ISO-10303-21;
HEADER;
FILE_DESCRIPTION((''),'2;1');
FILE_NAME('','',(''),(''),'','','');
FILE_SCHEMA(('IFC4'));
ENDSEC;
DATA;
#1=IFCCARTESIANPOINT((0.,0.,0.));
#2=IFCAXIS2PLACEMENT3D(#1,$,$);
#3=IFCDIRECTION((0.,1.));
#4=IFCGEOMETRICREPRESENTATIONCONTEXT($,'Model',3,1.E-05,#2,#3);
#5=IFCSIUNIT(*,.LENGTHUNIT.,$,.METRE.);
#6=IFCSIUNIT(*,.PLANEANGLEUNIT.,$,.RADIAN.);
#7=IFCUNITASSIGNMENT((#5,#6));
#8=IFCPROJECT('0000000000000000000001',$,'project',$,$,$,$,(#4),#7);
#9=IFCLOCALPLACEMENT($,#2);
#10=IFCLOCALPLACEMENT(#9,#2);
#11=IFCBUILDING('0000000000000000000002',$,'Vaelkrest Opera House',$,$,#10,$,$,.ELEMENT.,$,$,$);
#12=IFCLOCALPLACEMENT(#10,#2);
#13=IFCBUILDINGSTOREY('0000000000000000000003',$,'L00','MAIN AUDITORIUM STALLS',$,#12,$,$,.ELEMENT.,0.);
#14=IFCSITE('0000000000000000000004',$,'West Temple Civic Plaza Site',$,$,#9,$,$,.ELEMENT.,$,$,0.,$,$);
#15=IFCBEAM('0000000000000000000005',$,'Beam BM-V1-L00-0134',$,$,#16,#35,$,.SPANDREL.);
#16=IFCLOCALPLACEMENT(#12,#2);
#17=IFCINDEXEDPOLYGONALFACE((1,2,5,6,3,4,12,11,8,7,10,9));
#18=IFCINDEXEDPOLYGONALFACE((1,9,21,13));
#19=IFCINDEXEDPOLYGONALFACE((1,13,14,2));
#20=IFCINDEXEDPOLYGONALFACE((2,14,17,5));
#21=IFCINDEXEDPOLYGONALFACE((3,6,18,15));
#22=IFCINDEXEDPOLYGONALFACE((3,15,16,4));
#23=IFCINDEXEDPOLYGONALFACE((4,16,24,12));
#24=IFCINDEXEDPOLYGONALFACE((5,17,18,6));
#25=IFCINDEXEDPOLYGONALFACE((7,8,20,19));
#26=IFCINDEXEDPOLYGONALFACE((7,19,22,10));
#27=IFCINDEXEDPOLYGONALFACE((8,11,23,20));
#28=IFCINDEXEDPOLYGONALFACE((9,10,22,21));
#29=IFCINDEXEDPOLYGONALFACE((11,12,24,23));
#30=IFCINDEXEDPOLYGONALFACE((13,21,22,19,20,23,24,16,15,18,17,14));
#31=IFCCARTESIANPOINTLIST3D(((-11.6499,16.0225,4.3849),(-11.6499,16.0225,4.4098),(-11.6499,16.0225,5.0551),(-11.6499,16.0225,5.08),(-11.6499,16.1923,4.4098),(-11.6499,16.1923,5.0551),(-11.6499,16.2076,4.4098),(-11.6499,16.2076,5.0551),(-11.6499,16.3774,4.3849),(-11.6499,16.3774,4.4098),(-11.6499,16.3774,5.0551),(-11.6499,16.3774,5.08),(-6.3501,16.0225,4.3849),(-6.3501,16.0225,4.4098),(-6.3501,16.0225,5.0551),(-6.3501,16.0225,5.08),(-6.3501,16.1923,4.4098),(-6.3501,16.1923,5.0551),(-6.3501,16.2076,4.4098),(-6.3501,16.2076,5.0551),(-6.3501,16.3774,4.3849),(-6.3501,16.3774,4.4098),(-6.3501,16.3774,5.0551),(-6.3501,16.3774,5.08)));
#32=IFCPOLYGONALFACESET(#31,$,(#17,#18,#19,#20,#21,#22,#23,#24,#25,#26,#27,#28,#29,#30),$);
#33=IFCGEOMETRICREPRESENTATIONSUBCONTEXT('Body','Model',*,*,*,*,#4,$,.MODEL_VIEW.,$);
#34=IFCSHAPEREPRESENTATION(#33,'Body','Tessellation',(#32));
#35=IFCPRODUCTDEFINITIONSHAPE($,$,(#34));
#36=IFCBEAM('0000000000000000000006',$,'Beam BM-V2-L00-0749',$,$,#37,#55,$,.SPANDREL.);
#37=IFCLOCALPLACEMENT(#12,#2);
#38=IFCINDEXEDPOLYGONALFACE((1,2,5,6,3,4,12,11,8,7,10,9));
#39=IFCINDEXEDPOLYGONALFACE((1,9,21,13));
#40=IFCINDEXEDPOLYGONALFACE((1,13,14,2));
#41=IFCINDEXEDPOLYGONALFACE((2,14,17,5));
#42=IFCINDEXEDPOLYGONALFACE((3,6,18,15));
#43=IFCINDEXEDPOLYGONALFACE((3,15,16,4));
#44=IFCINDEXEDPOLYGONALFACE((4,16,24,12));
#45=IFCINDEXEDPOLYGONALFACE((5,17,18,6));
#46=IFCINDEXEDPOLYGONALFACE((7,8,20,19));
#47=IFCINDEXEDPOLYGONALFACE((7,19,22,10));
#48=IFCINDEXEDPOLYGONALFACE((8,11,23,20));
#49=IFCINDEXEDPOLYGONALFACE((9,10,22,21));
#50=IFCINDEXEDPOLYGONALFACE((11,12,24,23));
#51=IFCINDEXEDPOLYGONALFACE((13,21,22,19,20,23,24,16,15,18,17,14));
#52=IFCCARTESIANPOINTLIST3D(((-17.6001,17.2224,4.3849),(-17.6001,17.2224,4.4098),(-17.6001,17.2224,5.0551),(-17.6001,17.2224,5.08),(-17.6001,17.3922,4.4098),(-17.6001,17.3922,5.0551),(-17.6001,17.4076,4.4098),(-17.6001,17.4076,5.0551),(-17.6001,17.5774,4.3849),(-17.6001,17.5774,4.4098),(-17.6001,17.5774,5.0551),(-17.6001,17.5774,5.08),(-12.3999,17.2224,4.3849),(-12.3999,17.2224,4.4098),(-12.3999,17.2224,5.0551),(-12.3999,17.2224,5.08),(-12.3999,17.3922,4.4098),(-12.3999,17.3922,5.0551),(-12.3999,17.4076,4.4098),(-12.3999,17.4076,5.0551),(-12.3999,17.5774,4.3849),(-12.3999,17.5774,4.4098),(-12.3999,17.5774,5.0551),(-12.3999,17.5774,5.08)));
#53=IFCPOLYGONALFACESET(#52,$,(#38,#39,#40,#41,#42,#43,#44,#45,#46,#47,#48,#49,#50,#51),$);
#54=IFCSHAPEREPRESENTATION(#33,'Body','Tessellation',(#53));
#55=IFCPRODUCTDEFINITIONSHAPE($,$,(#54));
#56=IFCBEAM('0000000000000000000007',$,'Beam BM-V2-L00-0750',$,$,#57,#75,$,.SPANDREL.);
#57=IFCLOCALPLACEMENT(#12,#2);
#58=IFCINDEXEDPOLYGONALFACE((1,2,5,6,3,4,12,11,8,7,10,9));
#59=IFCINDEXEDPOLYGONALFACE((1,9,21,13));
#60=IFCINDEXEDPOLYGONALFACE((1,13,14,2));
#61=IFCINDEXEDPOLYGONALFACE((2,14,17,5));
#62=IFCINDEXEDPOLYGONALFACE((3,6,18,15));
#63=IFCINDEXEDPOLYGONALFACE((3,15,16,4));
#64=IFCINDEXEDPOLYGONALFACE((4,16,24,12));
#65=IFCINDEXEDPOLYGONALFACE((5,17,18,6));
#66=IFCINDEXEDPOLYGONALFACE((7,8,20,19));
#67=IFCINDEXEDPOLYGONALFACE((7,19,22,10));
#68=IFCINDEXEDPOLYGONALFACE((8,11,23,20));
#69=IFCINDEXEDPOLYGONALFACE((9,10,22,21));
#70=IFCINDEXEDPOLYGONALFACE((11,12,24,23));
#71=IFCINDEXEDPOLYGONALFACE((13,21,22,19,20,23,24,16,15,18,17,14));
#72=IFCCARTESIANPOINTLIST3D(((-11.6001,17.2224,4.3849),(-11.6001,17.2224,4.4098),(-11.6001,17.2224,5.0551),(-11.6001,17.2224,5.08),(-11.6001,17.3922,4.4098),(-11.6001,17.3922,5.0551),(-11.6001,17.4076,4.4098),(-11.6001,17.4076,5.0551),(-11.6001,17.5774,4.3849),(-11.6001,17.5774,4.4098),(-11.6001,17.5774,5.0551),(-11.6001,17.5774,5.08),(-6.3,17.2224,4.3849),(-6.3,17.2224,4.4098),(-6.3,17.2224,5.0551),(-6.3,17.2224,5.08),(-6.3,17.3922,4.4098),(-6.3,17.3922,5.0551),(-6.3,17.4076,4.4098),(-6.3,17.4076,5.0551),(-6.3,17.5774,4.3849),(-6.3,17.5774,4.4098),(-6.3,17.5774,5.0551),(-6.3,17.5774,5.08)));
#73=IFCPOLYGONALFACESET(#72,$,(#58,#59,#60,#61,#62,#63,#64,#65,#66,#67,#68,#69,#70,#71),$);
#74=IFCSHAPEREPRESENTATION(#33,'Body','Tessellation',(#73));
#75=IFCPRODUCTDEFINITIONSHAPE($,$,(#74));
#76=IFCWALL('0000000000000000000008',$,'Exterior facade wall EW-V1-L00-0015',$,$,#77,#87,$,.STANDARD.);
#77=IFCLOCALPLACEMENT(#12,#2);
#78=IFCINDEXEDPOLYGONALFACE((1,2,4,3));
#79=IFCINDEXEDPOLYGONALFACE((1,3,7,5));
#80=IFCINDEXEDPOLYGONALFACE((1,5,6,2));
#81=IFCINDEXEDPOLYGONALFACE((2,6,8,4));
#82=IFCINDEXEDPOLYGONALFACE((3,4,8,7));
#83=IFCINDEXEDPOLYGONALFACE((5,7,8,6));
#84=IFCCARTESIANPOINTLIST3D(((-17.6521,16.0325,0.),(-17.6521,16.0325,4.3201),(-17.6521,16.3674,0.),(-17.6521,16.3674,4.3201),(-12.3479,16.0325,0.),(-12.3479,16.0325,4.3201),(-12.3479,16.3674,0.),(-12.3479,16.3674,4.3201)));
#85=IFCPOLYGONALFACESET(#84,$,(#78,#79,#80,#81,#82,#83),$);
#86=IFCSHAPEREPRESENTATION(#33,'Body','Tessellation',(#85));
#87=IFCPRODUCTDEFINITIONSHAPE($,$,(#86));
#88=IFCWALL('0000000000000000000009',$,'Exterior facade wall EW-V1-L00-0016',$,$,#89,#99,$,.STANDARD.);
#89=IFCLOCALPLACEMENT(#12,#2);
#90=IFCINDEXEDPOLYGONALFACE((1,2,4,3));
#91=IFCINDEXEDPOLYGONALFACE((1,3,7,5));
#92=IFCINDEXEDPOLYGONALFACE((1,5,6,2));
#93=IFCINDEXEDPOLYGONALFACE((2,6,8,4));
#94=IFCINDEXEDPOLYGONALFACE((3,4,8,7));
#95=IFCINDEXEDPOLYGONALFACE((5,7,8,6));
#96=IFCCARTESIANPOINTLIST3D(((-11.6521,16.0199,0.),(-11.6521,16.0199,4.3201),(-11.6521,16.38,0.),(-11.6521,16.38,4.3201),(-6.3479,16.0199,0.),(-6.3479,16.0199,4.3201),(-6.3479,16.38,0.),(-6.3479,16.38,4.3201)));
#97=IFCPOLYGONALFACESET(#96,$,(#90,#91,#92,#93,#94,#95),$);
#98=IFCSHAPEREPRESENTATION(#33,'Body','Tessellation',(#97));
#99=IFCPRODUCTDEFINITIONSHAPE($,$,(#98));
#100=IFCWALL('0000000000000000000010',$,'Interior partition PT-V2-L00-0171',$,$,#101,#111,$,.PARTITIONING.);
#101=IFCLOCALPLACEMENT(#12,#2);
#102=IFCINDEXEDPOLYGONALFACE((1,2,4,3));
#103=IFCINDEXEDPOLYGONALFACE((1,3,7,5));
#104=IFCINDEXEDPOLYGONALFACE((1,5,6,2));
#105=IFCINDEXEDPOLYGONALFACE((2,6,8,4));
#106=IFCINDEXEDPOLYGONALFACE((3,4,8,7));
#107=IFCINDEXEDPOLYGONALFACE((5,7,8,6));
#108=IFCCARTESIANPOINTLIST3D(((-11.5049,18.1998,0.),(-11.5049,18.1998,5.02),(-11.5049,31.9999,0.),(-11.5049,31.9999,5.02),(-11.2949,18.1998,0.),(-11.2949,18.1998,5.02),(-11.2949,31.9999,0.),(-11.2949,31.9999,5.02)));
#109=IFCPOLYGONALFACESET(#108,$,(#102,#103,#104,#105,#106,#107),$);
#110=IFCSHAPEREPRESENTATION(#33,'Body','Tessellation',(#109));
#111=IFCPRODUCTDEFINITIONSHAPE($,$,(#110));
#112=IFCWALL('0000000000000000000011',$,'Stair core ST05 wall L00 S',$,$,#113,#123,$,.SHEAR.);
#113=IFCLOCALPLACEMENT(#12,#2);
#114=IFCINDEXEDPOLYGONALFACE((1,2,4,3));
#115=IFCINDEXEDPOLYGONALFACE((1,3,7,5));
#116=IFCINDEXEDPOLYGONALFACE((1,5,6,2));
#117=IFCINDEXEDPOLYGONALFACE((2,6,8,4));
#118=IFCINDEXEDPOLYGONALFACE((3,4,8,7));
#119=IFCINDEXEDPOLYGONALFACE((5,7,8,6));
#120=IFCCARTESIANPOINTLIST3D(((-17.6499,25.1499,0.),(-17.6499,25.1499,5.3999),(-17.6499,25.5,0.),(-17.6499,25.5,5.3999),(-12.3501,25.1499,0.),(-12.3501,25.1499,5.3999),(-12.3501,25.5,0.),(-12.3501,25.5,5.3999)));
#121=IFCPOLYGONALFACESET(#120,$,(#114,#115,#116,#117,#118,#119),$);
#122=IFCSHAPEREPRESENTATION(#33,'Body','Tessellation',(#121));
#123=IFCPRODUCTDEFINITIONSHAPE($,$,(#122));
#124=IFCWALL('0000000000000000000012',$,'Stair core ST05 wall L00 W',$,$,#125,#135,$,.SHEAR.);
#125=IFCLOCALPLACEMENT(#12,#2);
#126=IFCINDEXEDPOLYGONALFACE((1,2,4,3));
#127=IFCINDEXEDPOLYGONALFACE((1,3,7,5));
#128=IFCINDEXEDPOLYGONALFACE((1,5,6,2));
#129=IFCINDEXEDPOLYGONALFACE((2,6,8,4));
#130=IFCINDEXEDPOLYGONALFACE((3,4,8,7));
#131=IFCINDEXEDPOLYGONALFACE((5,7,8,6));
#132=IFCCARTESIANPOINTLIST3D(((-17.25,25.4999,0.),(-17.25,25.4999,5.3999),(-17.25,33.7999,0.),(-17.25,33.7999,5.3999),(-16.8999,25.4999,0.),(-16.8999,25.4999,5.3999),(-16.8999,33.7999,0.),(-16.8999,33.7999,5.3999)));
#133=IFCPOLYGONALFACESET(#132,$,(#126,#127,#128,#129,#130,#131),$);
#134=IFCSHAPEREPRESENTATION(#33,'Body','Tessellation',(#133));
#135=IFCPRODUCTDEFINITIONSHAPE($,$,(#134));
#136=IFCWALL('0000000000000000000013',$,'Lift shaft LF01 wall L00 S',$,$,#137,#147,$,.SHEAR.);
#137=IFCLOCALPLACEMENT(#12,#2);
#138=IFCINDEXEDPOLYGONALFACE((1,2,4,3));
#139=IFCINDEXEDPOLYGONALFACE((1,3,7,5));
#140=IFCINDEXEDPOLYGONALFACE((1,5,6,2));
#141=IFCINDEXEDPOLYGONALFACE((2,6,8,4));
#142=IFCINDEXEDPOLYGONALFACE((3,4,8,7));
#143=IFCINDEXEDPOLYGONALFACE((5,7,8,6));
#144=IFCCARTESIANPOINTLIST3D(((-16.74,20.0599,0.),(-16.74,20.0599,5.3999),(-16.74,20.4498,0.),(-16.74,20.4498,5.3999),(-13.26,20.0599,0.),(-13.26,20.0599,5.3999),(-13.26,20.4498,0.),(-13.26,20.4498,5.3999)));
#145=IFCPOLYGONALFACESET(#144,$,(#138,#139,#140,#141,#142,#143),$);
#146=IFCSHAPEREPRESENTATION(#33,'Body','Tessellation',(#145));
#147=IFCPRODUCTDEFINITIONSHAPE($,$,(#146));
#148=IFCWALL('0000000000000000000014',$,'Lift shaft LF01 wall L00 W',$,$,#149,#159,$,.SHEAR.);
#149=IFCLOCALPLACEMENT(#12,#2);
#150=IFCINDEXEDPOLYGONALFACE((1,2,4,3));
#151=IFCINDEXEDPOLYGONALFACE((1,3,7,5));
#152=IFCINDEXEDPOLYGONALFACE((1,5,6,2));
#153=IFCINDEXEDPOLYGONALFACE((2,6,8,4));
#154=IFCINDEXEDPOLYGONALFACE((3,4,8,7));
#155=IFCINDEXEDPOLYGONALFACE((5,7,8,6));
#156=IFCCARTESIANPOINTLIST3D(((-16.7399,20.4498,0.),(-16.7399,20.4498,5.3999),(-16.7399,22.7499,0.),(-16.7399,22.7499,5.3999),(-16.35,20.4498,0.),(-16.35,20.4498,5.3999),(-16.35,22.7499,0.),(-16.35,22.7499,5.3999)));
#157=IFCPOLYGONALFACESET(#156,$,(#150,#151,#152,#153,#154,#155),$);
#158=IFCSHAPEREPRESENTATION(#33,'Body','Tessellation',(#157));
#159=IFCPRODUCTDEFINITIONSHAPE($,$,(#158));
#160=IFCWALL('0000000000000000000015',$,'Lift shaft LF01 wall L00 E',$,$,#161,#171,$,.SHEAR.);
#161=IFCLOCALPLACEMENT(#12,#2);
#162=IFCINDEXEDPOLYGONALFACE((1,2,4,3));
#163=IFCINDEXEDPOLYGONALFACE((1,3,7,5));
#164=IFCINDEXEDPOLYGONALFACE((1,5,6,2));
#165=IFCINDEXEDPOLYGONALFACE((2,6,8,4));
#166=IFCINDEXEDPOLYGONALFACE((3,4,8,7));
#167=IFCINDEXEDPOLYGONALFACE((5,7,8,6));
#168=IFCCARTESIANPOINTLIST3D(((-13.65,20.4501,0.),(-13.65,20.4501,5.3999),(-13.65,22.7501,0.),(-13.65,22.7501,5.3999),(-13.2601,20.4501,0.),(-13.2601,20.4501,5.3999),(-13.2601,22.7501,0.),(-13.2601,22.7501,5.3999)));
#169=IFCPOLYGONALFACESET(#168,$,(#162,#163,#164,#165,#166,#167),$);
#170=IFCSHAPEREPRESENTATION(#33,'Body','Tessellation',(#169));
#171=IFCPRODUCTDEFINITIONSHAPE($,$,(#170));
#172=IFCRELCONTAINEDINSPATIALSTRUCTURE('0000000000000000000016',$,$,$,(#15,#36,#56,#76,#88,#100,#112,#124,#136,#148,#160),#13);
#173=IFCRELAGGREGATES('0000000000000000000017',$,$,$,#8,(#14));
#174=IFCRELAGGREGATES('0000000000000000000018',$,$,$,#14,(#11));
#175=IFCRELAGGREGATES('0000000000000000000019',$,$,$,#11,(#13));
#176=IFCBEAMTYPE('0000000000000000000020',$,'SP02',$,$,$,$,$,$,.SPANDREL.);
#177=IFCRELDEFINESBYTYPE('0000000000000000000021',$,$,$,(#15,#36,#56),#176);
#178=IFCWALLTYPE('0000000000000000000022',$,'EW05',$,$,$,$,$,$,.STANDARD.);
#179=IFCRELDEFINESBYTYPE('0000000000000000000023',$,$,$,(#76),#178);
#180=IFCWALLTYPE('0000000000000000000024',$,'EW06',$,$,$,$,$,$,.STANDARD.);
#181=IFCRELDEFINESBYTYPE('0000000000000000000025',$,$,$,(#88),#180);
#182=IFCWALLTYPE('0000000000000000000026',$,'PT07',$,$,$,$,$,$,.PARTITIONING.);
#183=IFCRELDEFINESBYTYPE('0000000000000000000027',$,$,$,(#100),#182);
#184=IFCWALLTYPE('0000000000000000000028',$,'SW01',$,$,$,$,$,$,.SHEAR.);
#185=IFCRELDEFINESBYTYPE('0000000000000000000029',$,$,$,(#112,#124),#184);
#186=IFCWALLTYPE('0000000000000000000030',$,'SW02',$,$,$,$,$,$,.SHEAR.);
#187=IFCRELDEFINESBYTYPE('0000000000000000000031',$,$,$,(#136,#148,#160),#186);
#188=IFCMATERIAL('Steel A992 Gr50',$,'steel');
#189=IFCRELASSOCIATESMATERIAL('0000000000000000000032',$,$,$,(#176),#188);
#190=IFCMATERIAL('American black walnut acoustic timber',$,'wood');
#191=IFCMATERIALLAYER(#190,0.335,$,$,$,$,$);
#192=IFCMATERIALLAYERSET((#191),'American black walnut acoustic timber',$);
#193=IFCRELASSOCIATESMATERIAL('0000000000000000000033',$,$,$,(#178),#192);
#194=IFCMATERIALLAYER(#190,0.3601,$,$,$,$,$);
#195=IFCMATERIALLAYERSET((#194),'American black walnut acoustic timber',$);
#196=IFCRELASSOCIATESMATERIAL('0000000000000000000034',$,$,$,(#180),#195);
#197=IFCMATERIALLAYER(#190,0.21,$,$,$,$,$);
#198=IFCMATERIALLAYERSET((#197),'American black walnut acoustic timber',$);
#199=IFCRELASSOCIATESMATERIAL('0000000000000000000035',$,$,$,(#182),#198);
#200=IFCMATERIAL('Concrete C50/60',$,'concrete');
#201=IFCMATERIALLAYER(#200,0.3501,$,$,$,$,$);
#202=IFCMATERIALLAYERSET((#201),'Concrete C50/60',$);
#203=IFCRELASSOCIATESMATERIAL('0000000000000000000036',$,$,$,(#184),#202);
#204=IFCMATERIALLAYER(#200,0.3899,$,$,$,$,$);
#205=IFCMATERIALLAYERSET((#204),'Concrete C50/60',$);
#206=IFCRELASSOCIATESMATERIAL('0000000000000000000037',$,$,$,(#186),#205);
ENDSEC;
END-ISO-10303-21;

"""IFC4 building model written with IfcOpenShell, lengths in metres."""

from ifc_helpers import new_model, si_unit, direction, frame, frame_2d, origin, origin_2d, place, context, subcontext, project, spatial, rectangle, i_section, extrude, material, layer, layer_set, material_profile, profile_set, type_object, element, save


model = new_model("IFC4")

# Units and contexts
model_context = context("Model", 3, precision=1e-05, world=origin(), true_north=direction((0.0, 1.0)))
body_context = subcontext(model_context, "Body", "Model", "MODEL_VIEW")
ifc_project = project(units=[si_unit("LENGTHUNIT", "METRE"), si_unit("PLANEANGLEUNIT", "RADIAN")], contexts=[model_context])

# Site, building, storey
site_placement = place(None, origin())
site = spatial("IfcSite", under=ifc_project, at=site_placement, Name="West Temple Civic Plaza Site", CompositionType="ELEMENT", RefElevation=0.0)
building_placement = place(site_placement, origin())
building = spatial("IfcBuilding", under=site, at=building_placement, Name="Vaelkrest Opera House", CompositionType="ELEMENT")
storey_placement = place(building_placement, origin())
storey = spatial("IfcBuildingStorey", under=building, at=storey_placement, Name="L00", Description="MAIN AUDITORIUM STALLS", CompositionType="ELEMENT", Elevation=0.0)

# Shared definitions
ifc_material_1 = material(Name="Concrete C50/60", Category="concrete")

# Beams
ifc_material_2 = material(Name="Steel A992 Gr50", Category="steel")
ifc_material_profile_1 = material_profile(ifc_material_2, i_section(OverallWidth=0.355, OverallDepth=0.6951, WebThickness=0.0154, FlangeThickness=0.0249, at=origin_2d()), Name="W27X146")
ifc_profile_set_1 = profile_set([ifc_material_profile_1], Name="Steel A992 Gr50")
beam_type_1 = type_object("IfcBeamType", Name="SP02", PredefinedType="SPANDREL", material=ifc_profile_set_1)
for number, where, z_axis, x_axis, name in (
    (1, (-11.6499, 16.2, 4.7324), (1.0, 0.0, 0.0), (0.0, 1.0, 0.0), "Beam BM-V1-L00-0134"),
):
    element("IfcBeam", number, at=place(storey_placement, frame(where, z_axis=z_axis, x_axis=x_axis)), inside=storey, type_object=beam_type_1, Name=name, PredefinedType="SPANDREL", context=body_context, shape_type="SweptSolid", body=[
        extrude(i_section(OverallWidth=0.355, OverallDepth=0.6951, WebThickness=0.0154, FlangeThickness=0.0249, at=origin_2d()), origin(), (0.0, 0.0, 1.0), 5.2998),
    ])
beam_1_placement = place(storey_placement, frame((-17.6001, 17.3999, 4.7324), z_axis=(1.0, 0.0, 0.0), x_axis=(0.0, 1.0, 0.0)))
element("IfcBeam", 2, at=beam_1_placement, inside=storey, type_object=beam_type_1, Name="Beam BM-V2-L00-0749", PredefinedType="SPANDREL", context=body_context, shape_type="SweptSolid", body=[
    extrude(i_section(OverallWidth=0.355, OverallDepth=0.6951, WebThickness=0.0154, FlangeThickness=0.0249, at=origin_2d()), origin(), (0.0, 0.0, 1.0), 5.2002),
])
beam_2_placement = place(storey_placement, frame((-11.6001, 17.3999, 4.7324), z_axis=(1.0, 0.0, 0.0), x_axis=(0.0, 1.0, 0.0)))
element("IfcBeam", 3, at=beam_2_placement, inside=storey, type_object=beam_type_1, Name="Beam BM-V2-L00-0750", PredefinedType="SPANDREL", context=body_context, shape_type="SweptSolid", body=[
    extrude(i_section(OverallWidth=0.355, OverallDepth=0.6951, WebThickness=0.0154, FlangeThickness=0.0249, at=origin_2d()), origin(), (0.0, 0.0, 1.0), 5.3),
])

# Walls
ifc_material_3 = material(Name="American black walnut acoustic timber", Category="wood")
ifc_layer_1 = layer(ifc_material_3, 0.335)
ifc_layer_set_1 = layer_set([ifc_layer_1], Name="American black walnut acoustic timber")
wall_type_1 = type_object("IfcWallType", Name="EW05", PredefinedType="STANDARD", material=ifc_layer_set_1)
wall_1_placement = place(storey_placement, frame((-17.6521, 16.2, 0.0), z_axis=(0.0, 0.0, 1.0), x_axis=(1.0, 0.0, 0.0)))
element("IfcWall", 4, at=wall_1_placement, inside=storey, type_object=wall_type_1, Name="Exterior facade wall EW-V1-L00-0015", PredefinedType="STANDARD", context=body_context, shape_type="SweptSolid", body=[
    extrude(rectangle(XDim=5.3042, YDim=0.335, at=frame_2d((2.6521, 0.0))), origin(), (0.0, 0.0, 1.0), 4.3201),
])
ifc_layer_2 = layer(ifc_material_3, 0.3601)
ifc_layer_set_2 = layer_set([ifc_layer_2], Name="American black walnut acoustic timber")
wall_type_2 = type_object("IfcWallType", Name="EW06", PredefinedType="STANDARD", material=ifc_layer_set_2)
wall_2_placement = place(storey_placement, frame((-11.6521, 16.2, 0.0), z_axis=(0.0, 0.0, 1.0), x_axis=(1.0, 0.0, 0.0)))
element("IfcWall", 5, at=wall_2_placement, inside=storey, type_object=wall_type_2, Name="Exterior facade wall EW-V1-L00-0016", PredefinedType="STANDARD", context=body_context, shape_type="SweptSolid", body=[
    extrude(rectangle(XDim=5.3042, YDim=0.3601, at=frame_2d((2.6521, 0.0))), origin(), (0.0, 0.0, 1.0), 4.3201),
])
ifc_layer_3 = layer(ifc_material_3, 0.21)
ifc_layer_set_3 = layer_set([ifc_layer_3], Name="American black walnut acoustic timber")
wall_type_3 = type_object("IfcWallType", Name="PT07", PredefinedType="PARTITIONING", material=ifc_layer_set_3)
wall_3_placement = place(storey_placement, frame((-11.3999, 18.2, 0.0), z_axis=(0.0, 0.0, 1.0), x_axis=(0.0, 1.0, 0.0)))
element("IfcWall", 6, at=wall_3_placement, inside=storey, type_object=wall_type_3, Name="Interior partition PT-V2-L00-0171", PredefinedType="PARTITIONING", context=body_context, shape_type="SweptSolid", body=[
    extrude(rectangle(XDim=13.8, YDim=0.21, at=frame_2d((6.8999, 0.0))), origin(), (0.0, 0.0, 1.0), 5.02),
])
ifc_layer_4 = layer(ifc_material_1, 0.3501)
ifc_layer_set_4 = layer_set([ifc_layer_4], Name="Concrete C50/60")
wall_type_4 = type_object("IfcWallType", Name="SW01", PredefinedType="SHEAR", material=ifc_layer_set_4)
wall_4_placement = place(storey_placement, frame((-12.3501, 25.325, 0.0), z_axis=(0.0, 0.0, 1.0), x_axis=(-1.0, 0.0, 0.0)))
element("IfcWall", 7, at=wall_4_placement, inside=storey, type_object=wall_type_4, Name="Stair core ST05 wall L00 S", PredefinedType="SHEAR", context=body_context, shape_type="SweptSolid", body=[
    extrude(rectangle(XDim=5.2998, YDim=0.3501, at=frame_2d((2.6499, 0.0))), origin(), (0.0, 0.0, 1.0), 5.3999),
])
wall_5_placement = place(storey_placement, frame((-17.075, 25.5, 0.0), z_axis=(0.0, 0.0, 1.0), x_axis=(0.0, 1.0, 0.0)))
element("IfcWall", 8, at=wall_5_placement, inside=storey, type_object=wall_type_4, Name="Stair core ST05 wall L00 W", PredefinedType="SHEAR", context=body_context, shape_type="SweptSolid", body=[
    extrude(rectangle(XDim=8.3, YDim=0.3501, at=frame_2d((4.1499, 0.0))), origin(), (0.0, 0.0, 1.0), 5.3999),
])
ifc_layer_5 = layer(ifc_material_1, 0.3899)
ifc_layer_set_5 = layer_set([ifc_layer_5], Name="Concrete C50/60")
wall_type_5 = type_object("IfcWallType", Name="SW02", PredefinedType="SHEAR", material=ifc_layer_set_5)
wall_6_placement = place(storey_placement, frame((-13.26, 20.2549, 0.0), z_axis=(0.0, 0.0, 1.0), x_axis=(-1.0, 0.0, 0.0)))
element("IfcWall", 9, at=wall_6_placement, inside=storey, type_object=wall_type_5, Name="Lift shaft LF01 wall L00 S", PredefinedType="SHEAR", context=body_context, shape_type="SweptSolid", body=[
    extrude(rectangle(XDim=3.48, YDim=0.3899, at=frame_2d((1.74, 0.0))), origin(), (0.0, 0.0, 1.0), 5.3999),
])

# Walls
for number, where, z_axis, x_axis, name in (
    (10, (-16.5449, 20.45, 0.0), (0.0, 0.0, 1.0), (0.0, 1.0, 0.0), "Lift shaft LF01 wall L00 W"),
    (11, (-13.4551, 22.75, 0.0), (0.0, 0.0, 1.0), (0.0, -1.0, 0.0), "Lift shaft LF01 wall L00 E"),
):
    element("IfcWall", number, at=place(storey_placement, frame(where, z_axis=z_axis, x_axis=x_axis)), inside=storey, type_object=wall_type_5, Name=name, PredefinedType="SHEAR", context=body_context, shape_type="SweptSolid", body=[
        extrude(rectangle(XDim=2.3, YDim=0.3899, at=frame_2d((1.1499, 0.0))), origin(), (0.0, 0.0, 1.0), 5.3999),
    ])

save(model, "model.ifc")
